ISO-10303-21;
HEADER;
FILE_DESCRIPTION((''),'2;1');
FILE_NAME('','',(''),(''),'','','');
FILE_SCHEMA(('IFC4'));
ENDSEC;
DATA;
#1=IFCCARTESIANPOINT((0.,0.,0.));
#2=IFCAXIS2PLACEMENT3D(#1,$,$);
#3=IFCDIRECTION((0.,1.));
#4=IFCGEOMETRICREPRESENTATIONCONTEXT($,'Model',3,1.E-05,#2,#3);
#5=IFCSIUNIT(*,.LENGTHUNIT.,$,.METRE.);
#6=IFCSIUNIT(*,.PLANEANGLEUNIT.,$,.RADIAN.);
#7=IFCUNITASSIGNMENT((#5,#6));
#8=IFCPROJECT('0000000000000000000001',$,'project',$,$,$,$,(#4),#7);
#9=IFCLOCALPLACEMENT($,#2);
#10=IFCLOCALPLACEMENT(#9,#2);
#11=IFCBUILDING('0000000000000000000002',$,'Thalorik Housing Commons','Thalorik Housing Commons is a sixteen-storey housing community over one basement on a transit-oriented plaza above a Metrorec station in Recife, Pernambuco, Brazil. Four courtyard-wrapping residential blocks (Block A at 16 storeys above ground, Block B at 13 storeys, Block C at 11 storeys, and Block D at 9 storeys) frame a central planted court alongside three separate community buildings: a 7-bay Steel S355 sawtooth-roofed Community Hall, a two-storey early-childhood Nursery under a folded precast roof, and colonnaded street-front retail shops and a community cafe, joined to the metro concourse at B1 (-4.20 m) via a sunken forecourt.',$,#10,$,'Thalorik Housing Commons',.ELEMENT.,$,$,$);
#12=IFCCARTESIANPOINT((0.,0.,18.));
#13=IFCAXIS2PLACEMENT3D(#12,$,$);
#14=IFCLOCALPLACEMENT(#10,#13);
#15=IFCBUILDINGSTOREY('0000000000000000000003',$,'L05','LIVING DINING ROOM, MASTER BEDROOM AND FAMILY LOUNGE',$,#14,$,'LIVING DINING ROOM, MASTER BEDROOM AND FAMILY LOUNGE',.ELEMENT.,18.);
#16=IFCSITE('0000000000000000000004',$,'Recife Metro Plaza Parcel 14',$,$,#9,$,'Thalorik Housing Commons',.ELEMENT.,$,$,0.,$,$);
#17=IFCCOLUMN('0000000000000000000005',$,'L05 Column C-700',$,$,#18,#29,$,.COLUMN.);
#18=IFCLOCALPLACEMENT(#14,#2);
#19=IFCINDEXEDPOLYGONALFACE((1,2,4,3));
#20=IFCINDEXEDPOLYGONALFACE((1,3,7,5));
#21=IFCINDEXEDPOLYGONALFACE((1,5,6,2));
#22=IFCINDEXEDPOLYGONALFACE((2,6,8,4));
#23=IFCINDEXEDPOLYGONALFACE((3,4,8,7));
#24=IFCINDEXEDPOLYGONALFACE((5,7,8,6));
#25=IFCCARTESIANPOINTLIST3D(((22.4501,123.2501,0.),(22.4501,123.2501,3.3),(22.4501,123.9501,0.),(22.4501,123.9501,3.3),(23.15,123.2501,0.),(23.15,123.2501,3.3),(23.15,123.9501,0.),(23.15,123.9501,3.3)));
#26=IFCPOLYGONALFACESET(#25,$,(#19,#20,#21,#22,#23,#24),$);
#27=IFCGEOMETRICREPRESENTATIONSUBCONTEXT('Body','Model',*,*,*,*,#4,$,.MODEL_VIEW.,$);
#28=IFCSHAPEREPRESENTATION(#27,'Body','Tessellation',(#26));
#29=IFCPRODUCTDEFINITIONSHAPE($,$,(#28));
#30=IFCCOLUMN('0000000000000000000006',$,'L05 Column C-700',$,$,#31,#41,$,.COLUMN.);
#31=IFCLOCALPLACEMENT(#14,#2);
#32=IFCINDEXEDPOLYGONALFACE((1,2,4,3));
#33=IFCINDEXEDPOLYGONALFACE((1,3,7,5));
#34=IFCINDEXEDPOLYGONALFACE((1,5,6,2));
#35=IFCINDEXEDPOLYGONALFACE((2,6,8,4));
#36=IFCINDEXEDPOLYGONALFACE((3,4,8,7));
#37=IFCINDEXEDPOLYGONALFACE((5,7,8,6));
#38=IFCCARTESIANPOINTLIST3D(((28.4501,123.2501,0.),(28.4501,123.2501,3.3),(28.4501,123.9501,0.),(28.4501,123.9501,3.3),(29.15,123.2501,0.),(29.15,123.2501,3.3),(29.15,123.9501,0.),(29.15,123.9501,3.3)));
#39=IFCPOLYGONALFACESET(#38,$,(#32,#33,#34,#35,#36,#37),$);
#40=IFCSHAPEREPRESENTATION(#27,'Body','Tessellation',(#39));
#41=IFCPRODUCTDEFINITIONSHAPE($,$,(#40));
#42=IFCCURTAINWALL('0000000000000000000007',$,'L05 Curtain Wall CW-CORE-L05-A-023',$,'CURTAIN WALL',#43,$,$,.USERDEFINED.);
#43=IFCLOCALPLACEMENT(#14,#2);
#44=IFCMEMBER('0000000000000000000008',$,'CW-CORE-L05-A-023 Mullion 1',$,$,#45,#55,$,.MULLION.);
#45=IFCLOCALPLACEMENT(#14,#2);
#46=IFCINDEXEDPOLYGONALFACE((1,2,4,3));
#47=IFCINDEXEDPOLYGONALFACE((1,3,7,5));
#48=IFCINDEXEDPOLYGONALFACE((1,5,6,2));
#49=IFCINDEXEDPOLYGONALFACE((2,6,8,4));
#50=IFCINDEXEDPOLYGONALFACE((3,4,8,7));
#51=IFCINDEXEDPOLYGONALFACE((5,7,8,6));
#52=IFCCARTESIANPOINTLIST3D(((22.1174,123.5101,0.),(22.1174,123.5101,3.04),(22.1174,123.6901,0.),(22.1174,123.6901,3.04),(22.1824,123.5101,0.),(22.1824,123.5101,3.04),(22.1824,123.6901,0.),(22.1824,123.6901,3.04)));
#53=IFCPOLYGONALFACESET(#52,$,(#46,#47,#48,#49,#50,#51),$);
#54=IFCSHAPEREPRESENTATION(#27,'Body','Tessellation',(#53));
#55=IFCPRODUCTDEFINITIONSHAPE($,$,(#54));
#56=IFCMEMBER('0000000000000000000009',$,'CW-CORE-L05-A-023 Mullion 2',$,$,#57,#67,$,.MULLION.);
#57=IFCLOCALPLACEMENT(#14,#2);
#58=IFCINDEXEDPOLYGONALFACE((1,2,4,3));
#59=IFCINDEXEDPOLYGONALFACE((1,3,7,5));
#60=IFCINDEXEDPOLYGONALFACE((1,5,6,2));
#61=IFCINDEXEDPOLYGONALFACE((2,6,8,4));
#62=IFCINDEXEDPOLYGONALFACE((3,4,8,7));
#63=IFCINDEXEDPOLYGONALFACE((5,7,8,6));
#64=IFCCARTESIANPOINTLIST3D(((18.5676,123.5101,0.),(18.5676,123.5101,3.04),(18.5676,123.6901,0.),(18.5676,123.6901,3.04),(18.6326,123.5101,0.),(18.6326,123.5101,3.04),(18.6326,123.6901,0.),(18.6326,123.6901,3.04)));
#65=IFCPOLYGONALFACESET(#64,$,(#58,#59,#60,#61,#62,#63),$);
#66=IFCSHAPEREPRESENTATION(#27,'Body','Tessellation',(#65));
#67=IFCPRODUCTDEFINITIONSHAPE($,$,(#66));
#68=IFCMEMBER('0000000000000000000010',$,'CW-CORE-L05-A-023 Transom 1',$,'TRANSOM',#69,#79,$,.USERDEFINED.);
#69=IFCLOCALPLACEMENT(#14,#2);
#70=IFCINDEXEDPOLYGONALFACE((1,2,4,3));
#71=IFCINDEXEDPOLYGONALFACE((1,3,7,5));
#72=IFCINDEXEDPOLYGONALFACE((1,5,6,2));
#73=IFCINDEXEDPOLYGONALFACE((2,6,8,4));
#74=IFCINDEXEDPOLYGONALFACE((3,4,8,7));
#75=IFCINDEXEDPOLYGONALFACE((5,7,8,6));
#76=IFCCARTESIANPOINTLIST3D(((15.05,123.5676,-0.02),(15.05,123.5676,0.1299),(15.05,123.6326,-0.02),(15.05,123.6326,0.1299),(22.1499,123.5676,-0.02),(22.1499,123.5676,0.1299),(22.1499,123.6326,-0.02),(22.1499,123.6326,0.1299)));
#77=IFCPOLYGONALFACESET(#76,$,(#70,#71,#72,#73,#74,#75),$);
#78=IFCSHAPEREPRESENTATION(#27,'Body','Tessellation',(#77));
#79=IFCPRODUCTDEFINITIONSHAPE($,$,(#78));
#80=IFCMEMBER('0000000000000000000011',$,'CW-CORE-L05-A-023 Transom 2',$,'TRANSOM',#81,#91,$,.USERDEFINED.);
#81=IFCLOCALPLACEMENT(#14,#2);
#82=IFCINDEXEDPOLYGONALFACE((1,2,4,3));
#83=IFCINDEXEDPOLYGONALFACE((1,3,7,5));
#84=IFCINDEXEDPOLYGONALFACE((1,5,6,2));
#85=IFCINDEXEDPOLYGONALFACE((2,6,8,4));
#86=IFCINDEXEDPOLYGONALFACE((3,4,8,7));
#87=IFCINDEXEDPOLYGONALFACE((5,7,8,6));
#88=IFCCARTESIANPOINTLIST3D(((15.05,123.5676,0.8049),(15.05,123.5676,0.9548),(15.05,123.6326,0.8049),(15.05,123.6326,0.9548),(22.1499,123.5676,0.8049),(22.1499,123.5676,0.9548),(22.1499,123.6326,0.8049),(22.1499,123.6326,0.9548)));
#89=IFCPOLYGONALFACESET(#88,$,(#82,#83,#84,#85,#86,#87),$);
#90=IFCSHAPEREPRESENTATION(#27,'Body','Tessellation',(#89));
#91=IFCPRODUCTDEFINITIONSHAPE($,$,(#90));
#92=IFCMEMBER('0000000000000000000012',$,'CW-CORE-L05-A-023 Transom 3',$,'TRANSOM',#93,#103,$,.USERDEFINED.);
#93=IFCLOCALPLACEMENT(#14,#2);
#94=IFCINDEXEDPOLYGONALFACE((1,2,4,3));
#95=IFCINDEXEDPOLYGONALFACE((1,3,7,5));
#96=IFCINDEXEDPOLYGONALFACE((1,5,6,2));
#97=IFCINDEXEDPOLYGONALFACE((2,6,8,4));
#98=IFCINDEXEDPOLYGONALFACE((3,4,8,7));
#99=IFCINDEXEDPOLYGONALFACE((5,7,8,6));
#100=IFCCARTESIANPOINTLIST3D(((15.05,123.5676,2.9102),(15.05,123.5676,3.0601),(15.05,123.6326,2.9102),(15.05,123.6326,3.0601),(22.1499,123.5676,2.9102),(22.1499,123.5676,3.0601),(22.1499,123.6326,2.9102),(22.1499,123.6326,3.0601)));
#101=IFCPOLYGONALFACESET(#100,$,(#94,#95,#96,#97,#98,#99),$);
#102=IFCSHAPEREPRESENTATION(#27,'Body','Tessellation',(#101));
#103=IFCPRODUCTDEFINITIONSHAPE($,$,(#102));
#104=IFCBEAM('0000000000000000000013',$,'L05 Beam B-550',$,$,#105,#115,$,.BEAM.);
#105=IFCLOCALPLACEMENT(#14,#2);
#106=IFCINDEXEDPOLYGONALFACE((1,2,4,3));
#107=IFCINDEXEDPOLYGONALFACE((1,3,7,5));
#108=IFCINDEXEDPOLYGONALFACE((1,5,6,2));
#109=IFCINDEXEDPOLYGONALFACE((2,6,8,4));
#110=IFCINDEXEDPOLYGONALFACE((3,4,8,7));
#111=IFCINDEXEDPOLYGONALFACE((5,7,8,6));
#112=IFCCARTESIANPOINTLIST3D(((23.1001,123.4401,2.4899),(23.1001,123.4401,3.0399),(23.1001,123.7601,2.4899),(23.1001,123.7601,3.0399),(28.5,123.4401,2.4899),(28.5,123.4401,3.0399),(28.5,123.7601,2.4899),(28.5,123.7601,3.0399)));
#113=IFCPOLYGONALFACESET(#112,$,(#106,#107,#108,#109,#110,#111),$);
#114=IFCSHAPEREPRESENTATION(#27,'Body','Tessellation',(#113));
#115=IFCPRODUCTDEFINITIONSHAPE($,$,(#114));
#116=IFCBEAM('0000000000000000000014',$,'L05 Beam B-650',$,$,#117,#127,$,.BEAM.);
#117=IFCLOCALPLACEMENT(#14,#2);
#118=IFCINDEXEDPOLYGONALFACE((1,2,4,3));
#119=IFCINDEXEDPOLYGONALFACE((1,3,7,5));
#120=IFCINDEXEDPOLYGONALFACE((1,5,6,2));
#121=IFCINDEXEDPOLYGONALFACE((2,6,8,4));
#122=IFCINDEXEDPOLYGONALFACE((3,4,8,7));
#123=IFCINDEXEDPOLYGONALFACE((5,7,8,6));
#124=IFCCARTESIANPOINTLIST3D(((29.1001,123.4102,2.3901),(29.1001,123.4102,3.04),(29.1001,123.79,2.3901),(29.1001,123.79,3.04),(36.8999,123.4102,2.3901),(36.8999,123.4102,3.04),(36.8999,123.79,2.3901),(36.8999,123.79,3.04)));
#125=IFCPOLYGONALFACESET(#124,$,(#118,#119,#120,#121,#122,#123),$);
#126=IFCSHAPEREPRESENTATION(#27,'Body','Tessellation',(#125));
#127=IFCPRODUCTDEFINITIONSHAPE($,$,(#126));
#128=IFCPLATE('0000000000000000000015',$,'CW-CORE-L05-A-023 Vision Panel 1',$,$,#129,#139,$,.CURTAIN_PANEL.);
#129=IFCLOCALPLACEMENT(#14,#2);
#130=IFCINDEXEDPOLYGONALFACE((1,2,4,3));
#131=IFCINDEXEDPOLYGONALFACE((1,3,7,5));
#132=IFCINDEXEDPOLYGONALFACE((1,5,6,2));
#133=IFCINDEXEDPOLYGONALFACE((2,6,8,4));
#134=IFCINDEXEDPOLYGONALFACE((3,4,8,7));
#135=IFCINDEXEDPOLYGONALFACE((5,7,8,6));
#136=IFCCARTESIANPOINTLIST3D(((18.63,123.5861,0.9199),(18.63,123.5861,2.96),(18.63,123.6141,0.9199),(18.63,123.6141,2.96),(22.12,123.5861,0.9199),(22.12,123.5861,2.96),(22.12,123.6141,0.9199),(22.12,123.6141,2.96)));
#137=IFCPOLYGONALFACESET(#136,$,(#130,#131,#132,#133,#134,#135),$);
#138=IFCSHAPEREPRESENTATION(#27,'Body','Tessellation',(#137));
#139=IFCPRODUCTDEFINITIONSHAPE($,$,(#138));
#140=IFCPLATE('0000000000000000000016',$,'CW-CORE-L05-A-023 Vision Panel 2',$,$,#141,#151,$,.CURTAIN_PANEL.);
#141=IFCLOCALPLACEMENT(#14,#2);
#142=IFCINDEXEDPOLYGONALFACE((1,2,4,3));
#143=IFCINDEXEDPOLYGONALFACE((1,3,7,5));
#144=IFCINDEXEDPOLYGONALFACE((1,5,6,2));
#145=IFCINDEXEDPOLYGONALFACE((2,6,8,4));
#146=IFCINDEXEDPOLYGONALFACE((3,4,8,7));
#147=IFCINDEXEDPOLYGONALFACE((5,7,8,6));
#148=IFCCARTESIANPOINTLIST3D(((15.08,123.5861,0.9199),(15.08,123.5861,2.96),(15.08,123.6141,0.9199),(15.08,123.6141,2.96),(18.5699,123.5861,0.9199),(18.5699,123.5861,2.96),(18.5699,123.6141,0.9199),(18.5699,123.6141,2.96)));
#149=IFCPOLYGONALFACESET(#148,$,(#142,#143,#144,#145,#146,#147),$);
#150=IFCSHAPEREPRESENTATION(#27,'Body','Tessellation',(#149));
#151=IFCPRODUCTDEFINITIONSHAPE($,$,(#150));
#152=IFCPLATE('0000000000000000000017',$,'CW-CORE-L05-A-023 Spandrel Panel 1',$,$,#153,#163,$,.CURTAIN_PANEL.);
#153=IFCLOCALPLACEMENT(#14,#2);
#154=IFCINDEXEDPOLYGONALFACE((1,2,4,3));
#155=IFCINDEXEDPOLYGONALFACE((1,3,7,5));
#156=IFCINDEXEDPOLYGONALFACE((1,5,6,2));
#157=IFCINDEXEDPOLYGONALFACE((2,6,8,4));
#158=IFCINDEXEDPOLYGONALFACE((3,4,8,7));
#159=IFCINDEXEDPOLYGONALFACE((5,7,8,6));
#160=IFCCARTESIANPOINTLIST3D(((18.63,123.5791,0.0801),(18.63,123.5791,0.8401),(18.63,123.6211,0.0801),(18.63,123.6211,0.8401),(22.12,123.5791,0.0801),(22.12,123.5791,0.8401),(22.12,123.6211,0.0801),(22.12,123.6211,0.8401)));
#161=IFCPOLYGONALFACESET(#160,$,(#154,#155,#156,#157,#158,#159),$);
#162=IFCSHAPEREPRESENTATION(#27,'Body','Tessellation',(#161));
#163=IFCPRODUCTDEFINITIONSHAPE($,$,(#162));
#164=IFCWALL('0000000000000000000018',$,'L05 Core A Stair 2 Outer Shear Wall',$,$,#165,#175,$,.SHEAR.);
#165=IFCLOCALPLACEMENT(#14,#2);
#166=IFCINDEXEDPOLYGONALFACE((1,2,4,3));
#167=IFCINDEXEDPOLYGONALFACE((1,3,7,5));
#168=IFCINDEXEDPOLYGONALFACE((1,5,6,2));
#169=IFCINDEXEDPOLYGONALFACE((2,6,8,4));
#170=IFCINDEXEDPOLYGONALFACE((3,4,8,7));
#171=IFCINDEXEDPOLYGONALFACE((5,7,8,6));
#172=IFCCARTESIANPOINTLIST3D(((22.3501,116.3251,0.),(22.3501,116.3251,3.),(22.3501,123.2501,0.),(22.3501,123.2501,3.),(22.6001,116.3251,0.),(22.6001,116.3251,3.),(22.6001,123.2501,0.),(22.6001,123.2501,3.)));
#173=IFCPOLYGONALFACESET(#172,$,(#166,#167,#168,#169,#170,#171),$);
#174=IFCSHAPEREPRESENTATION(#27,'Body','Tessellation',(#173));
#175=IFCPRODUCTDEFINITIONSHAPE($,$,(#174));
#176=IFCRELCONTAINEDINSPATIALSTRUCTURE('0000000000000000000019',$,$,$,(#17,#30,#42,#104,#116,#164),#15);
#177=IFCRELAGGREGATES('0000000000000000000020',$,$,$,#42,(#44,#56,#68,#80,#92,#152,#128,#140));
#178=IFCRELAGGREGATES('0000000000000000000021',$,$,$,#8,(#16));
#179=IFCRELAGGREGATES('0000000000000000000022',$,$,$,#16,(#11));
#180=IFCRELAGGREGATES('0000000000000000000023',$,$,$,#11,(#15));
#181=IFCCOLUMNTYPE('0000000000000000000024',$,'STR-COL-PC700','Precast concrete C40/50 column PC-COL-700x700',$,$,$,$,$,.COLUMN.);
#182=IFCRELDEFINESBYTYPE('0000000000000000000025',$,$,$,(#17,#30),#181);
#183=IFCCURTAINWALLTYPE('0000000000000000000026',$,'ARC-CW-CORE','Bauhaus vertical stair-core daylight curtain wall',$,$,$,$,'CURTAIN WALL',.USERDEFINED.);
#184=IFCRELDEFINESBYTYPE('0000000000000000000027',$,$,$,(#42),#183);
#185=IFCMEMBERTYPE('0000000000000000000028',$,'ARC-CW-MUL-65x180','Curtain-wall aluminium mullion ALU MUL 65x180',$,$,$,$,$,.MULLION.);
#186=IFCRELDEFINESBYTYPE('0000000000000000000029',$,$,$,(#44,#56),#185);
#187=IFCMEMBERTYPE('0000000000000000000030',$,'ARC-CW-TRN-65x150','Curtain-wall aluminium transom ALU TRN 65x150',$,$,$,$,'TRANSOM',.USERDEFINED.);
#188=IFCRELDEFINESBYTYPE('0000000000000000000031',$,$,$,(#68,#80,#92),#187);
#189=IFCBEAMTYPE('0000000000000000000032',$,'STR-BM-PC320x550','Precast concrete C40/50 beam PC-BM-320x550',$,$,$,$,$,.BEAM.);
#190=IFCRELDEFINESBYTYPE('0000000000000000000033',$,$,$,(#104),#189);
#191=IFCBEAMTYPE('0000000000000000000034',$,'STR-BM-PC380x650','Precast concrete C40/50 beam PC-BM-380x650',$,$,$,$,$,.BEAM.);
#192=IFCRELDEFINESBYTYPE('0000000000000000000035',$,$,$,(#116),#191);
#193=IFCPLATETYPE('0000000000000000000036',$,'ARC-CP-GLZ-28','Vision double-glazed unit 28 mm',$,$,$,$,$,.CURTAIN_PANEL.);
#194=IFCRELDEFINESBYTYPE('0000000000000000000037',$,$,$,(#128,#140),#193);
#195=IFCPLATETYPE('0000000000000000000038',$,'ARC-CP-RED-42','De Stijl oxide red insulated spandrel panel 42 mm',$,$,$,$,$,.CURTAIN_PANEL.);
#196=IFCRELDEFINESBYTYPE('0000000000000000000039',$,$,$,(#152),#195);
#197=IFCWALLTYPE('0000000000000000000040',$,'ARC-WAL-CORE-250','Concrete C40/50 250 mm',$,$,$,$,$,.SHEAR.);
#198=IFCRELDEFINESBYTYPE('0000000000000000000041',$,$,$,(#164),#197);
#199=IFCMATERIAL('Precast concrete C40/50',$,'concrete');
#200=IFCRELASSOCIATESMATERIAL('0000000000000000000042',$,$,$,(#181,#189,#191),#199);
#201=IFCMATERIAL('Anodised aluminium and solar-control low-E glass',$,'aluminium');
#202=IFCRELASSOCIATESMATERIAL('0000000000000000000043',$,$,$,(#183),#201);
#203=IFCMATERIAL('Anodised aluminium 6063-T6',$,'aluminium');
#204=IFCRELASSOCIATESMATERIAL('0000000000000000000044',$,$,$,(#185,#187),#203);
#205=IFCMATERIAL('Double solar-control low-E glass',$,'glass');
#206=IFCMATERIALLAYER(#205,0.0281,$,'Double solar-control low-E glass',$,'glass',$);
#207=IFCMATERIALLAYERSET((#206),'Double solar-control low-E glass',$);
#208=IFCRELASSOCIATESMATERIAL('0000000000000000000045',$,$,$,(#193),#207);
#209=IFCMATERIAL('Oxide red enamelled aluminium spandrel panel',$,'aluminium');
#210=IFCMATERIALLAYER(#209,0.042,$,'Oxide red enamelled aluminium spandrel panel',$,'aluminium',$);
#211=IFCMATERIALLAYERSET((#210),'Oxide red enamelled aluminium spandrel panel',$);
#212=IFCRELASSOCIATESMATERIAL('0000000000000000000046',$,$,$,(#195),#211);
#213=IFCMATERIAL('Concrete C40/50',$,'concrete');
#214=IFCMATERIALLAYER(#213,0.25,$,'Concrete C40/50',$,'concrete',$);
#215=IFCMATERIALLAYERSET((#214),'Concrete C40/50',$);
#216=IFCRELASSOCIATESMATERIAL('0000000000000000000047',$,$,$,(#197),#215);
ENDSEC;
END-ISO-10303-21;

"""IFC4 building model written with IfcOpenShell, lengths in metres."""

from ifc_helpers import new_model, si_unit, direction, frame, frame_2d, origin, origin_2d, place, context, subcontext, project, spatial, rectangle, extrude, material, layer, layer_set, material_profile, profile_set, type_object, element, aggregate, save


model = new_model("IFC4")

# Units and contexts
model_context = context("Model", 3, precision=1e-05, world=origin(), true_north=direction((0.0, 1.0)))
body_context = subcontext(model_context, "Body", "Model", "MODEL_VIEW")
ifc_project = project(units=[si_unit("LENGTHUNIT", "METRE"), si_unit("PLANEANGLEUNIT", "RADIAN")], contexts=[model_context])

# Site, building, storey
site_placement = place(None, origin())
site = spatial("IfcSite", under=ifc_project, at=site_placement, Name="Recife Metro Plaza Parcel 14", LongName="Thalorik Housing Commons", CompositionType="ELEMENT", RefElevation=0.0)
building_placement = place(site_placement, origin())
building = spatial("IfcBuilding", under=site, at=building_placement, Name="Thalorik Housing Commons", Description="Thalorik Housing Commons is a sixteen-storey housing community over one basement on a transit-oriented plaza above a Metrorec station in Recife, Pernambuco, Brazil. Four courtyard-wrapping residential blocks (Block A at 16 storeys above ground, Block B at 13 storeys, Block C at 11 storeys, and Block D at 9 storeys) frame a central planted court alongside three separate community buildings: a 7-bay Steel S355 sawtooth-roofed Community Hall, a two-storey early-childhood Nursery under a folded precast roof, and colonnaded street-front retail shops and a community cafe, joined to the metro concourse at B1 (-4.20 m) via a sunken forecourt.", LongName="Thalorik Housing Commons", CompositionType="ELEMENT")
storey_placement = place(building_placement, frame((0.0, 0.0, 18.0)))
storey = spatial("IfcBuildingStorey", under=building, at=storey_placement, Name="L05", Description="LIVING DINING ROOM, MASTER BEDROOM AND FAMILY LOUNGE", LongName="LIVING DINING ROOM, MASTER BEDROOM AND FAMILY LOUNGE", CompositionType="ELEMENT", Elevation=18.0)

# Columns
ifc_material_1 = material(Name="Precast concrete C40/50", Category="concrete")
ifc_material_profile_1 = material_profile(ifc_material_1, rectangle(XDim=0.7, YDim=0.7, at=origin_2d()), Name="PC 700x700", Category="concrete")
ifc_profile_set_1 = profile_set([ifc_material_profile_1], Name="Precast concrete C40/50")
column_type = type_object("IfcColumnType", Name="STR-COL-PC700", Description="Precast concrete C40/50 column PC-COL-700x700", PredefinedType="COLUMN", material=ifc_profile_set_1)
for number, where, z_axis, x_axis, name in (
    (1, (22.8, 123.6001, 0.0), (0.0, 0.0, 1.0), (1.0, 0.0, 0.0), "L05 Column C-700"),
    (2, (28.8, 123.6001, 0.0), (0.0, 0.0, 1.0), (1.0, 0.0, 0.0), "L05 Column C-700"),
):
    element("IfcColumn", number, at=place(storey_placement, frame(where, z_axis=z_axis, x_axis=x_axis)), inside=storey, type_object=column_type, Name=name, PredefinedType="COLUMN", context=body_context, shape_type="SweptSolid", body=[
        extrude(rectangle(XDim=0.7, YDim=0.7, at=origin_2d()), origin(), (0.0, 0.0, 1.0), 3.3),
    ])

# Curtain wall, members
ifc_material_2 = material(Name="Anodised aluminium and solar-control low-E glass", Category="aluminium")
curtain_wall_type = type_object("IfcCurtainWallType", Name="ARC-CW-CORE", Description="Bauhaus vertical stair-core daylight curtain wall", ElementType="CURTAIN WALL", PredefinedType="USERDEFINED", material=ifc_material_2)
curtain_wall_placement = place(storey_placement, origin())
curtain_wall = element("IfcCurtainWall", 3, at=curtain_wall_placement, inside=storey, type_object=curtain_wall_type, Name="L05 Curtain Wall CW-CORE-L05-A-023", ObjectType="CURTAIN WALL", PredefinedType="USERDEFINED")
ifc_material_3 = material(Name="Anodised aluminium 6063-T6", Category="aluminium")
ifc_material_profile_2 = material_profile(ifc_material_3, rectangle(XDim=0.0649, YDim=0.1799, at=origin_2d()), Name="ALU MUL 65x180", Category="aluminium")
ifc_profile_set_2 = profile_set([ifc_material_profile_2], Name="Anodised aluminium 6063-T6")
member_type_1 = type_object("IfcMemberType", Name="ARC-CW-MUL-65x180", Description="Curtain-wall aluminium mullion ALU MUL 65x180", PredefinedType="MULLION", material=ifc_profile_set_2)
member_1_placement = place(storey_placement, frame((22.1499, 123.6001, 0.0), z_axis=(0.0, 0.0, 1.0), x_axis=(-1.0, 0.0, 0.0)))
member_1 = element("IfcMember", 4, at=member_1_placement, type_object=member_type_1, Name="CW-CORE-L05-A-023 Mullion 1", PredefinedType="MULLION", context=body_context, shape_type="SweptSolid", body=[
    extrude(rectangle(XDim=0.0649, YDim=0.1799, at=origin_2d()), origin(), (0.0, 0.0, 1.0), 3.04),
])
member_2_placement = place(storey_placement, frame((18.6001, 123.6001, 0.0), z_axis=(0.0, 0.0, 1.0), x_axis=(-1.0, 0.0, 0.0)))
member_2 = element("IfcMember", 5, at=member_2_placement, type_object=member_type_1, Name="CW-CORE-L05-A-023 Mullion 2", PredefinedType="MULLION", context=body_context, shape_type="SweptSolid", body=[
    extrude(rectangle(XDim=0.0649, YDim=0.1799, at=origin_2d()), origin(), (0.0, 0.0, 1.0), 3.04),
])
ifc_material_profile_3 = material_profile(ifc_material_3, rectangle(XDim=0.0649, YDim=0.1499, at=origin_2d()), Name="ALU TRN 65x150", Category="aluminium")
ifc_profile_set_3 = profile_set([ifc_material_profile_3], Name="Anodised aluminium 6063-T6")
member_type_2 = type_object("IfcMemberType", Name="ARC-CW-TRN-65x150", Description="Curtain-wall aluminium transom ALU TRN 65x150", ElementType="TRANSOM", PredefinedType="USERDEFINED", material=ifc_profile_set_3)
member_3_placement = place(storey_placement, frame((22.1499, 123.6001, 0.0549), z_axis=(-1.0, 0.0, 0.0), x_axis=(0.0, -1.0, 0.0)))
member_3 = element("IfcMember", 6, at=member_3_placement, type_object=member_type_2, Name="CW-CORE-L05-A-023 Transom 1", ObjectType="TRANSOM", PredefinedType="USERDEFINED", context=body_context, shape_type="SweptSolid", body=[
    extrude(rectangle(XDim=0.0649, YDim=0.1499, at=origin_2d()), origin(), (0.0, 0.0, 1.0), 7.0999),
])
member_4_placement = place(storey_placement, frame((22.1499, 123.6001, 0.8799), z_axis=(-1.0, 0.0, 0.0), x_axis=(0.0, -1.0, 0.0)))
member_4 = element("IfcMember", 7, at=member_4_placement, type_object=member_type_2, Name="CW-CORE-L05-A-023 Transom 2", ObjectType="TRANSOM", PredefinedType="USERDEFINED", context=body_context, shape_type="SweptSolid", body=[
    extrude(rectangle(XDim=0.0649, YDim=0.1499, at=origin_2d()), origin(), (0.0, 0.0, 1.0), 7.0999),
])
member_5_placement = place(storey_placement, frame((22.1499, 123.6001, 2.9851), z_axis=(-1.0, 0.0, 0.0), x_axis=(0.0, -1.0, 0.0)))
member_5 = element("IfcMember", 8, at=member_5_placement, type_object=member_type_2, Name="CW-CORE-L05-A-023 Transom 3", ObjectType="TRANSOM", PredefinedType="USERDEFINED", context=body_context, shape_type="SweptSolid", body=[
    extrude(rectangle(XDim=0.0649, YDim=0.1499, at=origin_2d()), origin(), (0.0, 0.0, 1.0), 7.0999),
])

# Beams
ifc_material_profile_4 = material_profile(ifc_material_1, rectangle(XDim=0.3201, YDim=0.55, at=origin_2d()), Name="PC 320x550", Category="concrete")
ifc_profile_set_4 = profile_set([ifc_material_profile_4], Name="Precast concrete C40/50")
beam_type_1 = type_object("IfcBeamType", Name="STR-BM-PC320x550", Description="Precast concrete C40/50 beam PC-BM-320x550", PredefinedType="BEAM", material=ifc_profile_set_4)
beam_1_placement = place(storey_placement, frame((23.1001, 123.6001, 2.7649), z_axis=(1.0, 0.0, 0.0), x_axis=(0.0, 1.0, 0.0)))
element("IfcBeam", 9, at=beam_1_placement, inside=storey, type_object=beam_type_1, Name="L05 Beam B-550", PredefinedType="BEAM", context=body_context, shape_type="SweptSolid", body=[
    extrude(rectangle(XDim=0.3201, YDim=0.55, at=origin_2d()), origin(), (0.0, 0.0, 1.0), 5.3999),
])
ifc_material_profile_5 = material_profile(ifc_material_1, rectangle(XDim=0.3799, YDim=0.6499, at=origin_2d()), Name="PC 380x650", Category="concrete")
ifc_profile_set_5 = profile_set([ifc_material_profile_5], Name="Precast concrete C40/50")
beam_type_2 = type_object("IfcBeamType", Name="STR-BM-PC380x650", Description="Precast concrete C40/50 beam PC-BM-380x650", PredefinedType="BEAM", material=ifc_profile_set_5)
beam_2_placement = place(storey_placement, frame((29.1001, 123.6001, 2.7151), z_axis=(1.0, 0.0, 0.0), x_axis=(0.0, 1.0, 0.0)))
element("IfcBeam", 10, at=beam_2_placement, inside=storey, type_object=beam_type_2, Name="L05 Beam B-650", PredefinedType="BEAM", context=body_context, shape_type="SweptSolid", body=[
    extrude(rectangle(XDim=0.3799, YDim=0.6499, at=origin_2d()), origin(), (0.0, 0.0, 1.0), 7.7998),
])

# Plates
ifc_material_4 = material(Name="Double solar-control low-E glass", Category="glass")
ifc_layer_1 = layer(ifc_material_4, 0.0281, Name="Double solar-control low-E glass", Category="glass")
ifc_layer_set_1 = layer_set([ifc_layer_1], Name="Double solar-control low-E glass")
plate_type_1 = type_object("IfcPlateType", Name="ARC-CP-GLZ-28", Description="Vision double-glazed unit 28 mm", PredefinedType="CURTAIN_PANEL", material=ifc_layer_set_1)
plate_1_placement = place(storey_placement, frame((20.375, 123.6001, 0.9199), z_axis=(0.0, 0.0, 1.0), x_axis=(-1.0, 0.0, 0.0)))
plate_1 = element("IfcPlate", 11, at=plate_1_placement, type_object=plate_type_1, Name="CW-CORE-L05-A-023 Vision Panel 1", PredefinedType="CURTAIN_PANEL", context=body_context, shape_type="SweptSolid", body=[
    extrude(rectangle(XDim=3.49, YDim=0.0281, at=origin_2d()), origin(), (0.0, 0.0, 1.0), 2.04),
])
plate_2_placement = place(storey_placement, frame((16.825, 123.6001, 0.9199), z_axis=(0.0, 0.0, 1.0), x_axis=(-1.0, 0.0, 0.0)))
plate_2 = element("IfcPlate", 12, at=plate_2_placement, type_object=plate_type_1, Name="CW-CORE-L05-A-023 Vision Panel 2", PredefinedType="CURTAIN_PANEL", context=body_context, shape_type="SweptSolid", body=[
    extrude(rectangle(XDim=3.49, YDim=0.0281, at=origin_2d()), origin(), (0.0, 0.0, 1.0), 2.04),
])
ifc_material_5 = material(Name="Oxide red enamelled aluminium spandrel panel", Category="aluminium")
ifc_layer_2 = layer(ifc_material_5, 0.042, Name="Oxide red enamelled aluminium spandrel panel", Category="aluminium")
ifc_layer_set_2 = layer_set([ifc_layer_2], Name="Oxide red enamelled aluminium spandrel panel")
plate_type_2 = type_object("IfcPlateType", Name="ARC-CP-RED-42", Description="De Stijl oxide red insulated spandrel panel 42 mm", PredefinedType="CURTAIN_PANEL", material=ifc_layer_set_2)
plate_3_placement = place(storey_placement, frame((20.375, 123.6001, 0.0801), z_axis=(0.0, 0.0, 1.0), x_axis=(-1.0, 0.0, 0.0)))
plate_3 = element("IfcPlate", 13, at=plate_3_placement, type_object=plate_type_2, Name="CW-CORE-L05-A-023 Spandrel Panel 1", PredefinedType="CURTAIN_PANEL", context=body_context, shape_type="SweptSolid", body=[
    extrude(rectangle(XDim=3.49, YDim=0.042, at=origin_2d()), origin(), (0.0, 0.0, 1.0), 0.76),
])
aggregate(curtain_wall, [member_1, member_2, member_3, member_4, member_5, plate_3, plate_1, plate_2])

# Wall
ifc_material_6 = material(Name="Concrete C40/50", Category="concrete")
ifc_layer_3 = layer(ifc_material_6, 0.25, Name="Concrete C40/50", Category="concrete")
ifc_layer_set_3 = layer_set([ifc_layer_3], Name="Concrete C40/50")
wall_type_1 = type_object("IfcWallType", Name="ARC-WAL-CORE-250", Description="Concrete C40/50 250 mm", PredefinedType="SHEAR", material=ifc_layer_set_3)
wall_1_placement = place(storey_placement, frame((22.4751, 123.25, 0.0), z_axis=(0.0, 0.0, 1.0), x_axis=(0.0, -1.0, 0.0)))
element("IfcWall", 14, at=wall_1_placement, inside=storey, type_object=wall_type_1, Name="L05 Core A Stair 2 Outer Shear Wall", PredefinedType="SHEAR", context=body_context, shape_type="SweptSolid", body=[
    extrude(rectangle(XDim=6.925, YDim=0.25, at=frame_2d((3.4624, 0.0))), origin(), (0.0, 0.0, 1.0), 3.0),
])

save(model, "model.ifc")
